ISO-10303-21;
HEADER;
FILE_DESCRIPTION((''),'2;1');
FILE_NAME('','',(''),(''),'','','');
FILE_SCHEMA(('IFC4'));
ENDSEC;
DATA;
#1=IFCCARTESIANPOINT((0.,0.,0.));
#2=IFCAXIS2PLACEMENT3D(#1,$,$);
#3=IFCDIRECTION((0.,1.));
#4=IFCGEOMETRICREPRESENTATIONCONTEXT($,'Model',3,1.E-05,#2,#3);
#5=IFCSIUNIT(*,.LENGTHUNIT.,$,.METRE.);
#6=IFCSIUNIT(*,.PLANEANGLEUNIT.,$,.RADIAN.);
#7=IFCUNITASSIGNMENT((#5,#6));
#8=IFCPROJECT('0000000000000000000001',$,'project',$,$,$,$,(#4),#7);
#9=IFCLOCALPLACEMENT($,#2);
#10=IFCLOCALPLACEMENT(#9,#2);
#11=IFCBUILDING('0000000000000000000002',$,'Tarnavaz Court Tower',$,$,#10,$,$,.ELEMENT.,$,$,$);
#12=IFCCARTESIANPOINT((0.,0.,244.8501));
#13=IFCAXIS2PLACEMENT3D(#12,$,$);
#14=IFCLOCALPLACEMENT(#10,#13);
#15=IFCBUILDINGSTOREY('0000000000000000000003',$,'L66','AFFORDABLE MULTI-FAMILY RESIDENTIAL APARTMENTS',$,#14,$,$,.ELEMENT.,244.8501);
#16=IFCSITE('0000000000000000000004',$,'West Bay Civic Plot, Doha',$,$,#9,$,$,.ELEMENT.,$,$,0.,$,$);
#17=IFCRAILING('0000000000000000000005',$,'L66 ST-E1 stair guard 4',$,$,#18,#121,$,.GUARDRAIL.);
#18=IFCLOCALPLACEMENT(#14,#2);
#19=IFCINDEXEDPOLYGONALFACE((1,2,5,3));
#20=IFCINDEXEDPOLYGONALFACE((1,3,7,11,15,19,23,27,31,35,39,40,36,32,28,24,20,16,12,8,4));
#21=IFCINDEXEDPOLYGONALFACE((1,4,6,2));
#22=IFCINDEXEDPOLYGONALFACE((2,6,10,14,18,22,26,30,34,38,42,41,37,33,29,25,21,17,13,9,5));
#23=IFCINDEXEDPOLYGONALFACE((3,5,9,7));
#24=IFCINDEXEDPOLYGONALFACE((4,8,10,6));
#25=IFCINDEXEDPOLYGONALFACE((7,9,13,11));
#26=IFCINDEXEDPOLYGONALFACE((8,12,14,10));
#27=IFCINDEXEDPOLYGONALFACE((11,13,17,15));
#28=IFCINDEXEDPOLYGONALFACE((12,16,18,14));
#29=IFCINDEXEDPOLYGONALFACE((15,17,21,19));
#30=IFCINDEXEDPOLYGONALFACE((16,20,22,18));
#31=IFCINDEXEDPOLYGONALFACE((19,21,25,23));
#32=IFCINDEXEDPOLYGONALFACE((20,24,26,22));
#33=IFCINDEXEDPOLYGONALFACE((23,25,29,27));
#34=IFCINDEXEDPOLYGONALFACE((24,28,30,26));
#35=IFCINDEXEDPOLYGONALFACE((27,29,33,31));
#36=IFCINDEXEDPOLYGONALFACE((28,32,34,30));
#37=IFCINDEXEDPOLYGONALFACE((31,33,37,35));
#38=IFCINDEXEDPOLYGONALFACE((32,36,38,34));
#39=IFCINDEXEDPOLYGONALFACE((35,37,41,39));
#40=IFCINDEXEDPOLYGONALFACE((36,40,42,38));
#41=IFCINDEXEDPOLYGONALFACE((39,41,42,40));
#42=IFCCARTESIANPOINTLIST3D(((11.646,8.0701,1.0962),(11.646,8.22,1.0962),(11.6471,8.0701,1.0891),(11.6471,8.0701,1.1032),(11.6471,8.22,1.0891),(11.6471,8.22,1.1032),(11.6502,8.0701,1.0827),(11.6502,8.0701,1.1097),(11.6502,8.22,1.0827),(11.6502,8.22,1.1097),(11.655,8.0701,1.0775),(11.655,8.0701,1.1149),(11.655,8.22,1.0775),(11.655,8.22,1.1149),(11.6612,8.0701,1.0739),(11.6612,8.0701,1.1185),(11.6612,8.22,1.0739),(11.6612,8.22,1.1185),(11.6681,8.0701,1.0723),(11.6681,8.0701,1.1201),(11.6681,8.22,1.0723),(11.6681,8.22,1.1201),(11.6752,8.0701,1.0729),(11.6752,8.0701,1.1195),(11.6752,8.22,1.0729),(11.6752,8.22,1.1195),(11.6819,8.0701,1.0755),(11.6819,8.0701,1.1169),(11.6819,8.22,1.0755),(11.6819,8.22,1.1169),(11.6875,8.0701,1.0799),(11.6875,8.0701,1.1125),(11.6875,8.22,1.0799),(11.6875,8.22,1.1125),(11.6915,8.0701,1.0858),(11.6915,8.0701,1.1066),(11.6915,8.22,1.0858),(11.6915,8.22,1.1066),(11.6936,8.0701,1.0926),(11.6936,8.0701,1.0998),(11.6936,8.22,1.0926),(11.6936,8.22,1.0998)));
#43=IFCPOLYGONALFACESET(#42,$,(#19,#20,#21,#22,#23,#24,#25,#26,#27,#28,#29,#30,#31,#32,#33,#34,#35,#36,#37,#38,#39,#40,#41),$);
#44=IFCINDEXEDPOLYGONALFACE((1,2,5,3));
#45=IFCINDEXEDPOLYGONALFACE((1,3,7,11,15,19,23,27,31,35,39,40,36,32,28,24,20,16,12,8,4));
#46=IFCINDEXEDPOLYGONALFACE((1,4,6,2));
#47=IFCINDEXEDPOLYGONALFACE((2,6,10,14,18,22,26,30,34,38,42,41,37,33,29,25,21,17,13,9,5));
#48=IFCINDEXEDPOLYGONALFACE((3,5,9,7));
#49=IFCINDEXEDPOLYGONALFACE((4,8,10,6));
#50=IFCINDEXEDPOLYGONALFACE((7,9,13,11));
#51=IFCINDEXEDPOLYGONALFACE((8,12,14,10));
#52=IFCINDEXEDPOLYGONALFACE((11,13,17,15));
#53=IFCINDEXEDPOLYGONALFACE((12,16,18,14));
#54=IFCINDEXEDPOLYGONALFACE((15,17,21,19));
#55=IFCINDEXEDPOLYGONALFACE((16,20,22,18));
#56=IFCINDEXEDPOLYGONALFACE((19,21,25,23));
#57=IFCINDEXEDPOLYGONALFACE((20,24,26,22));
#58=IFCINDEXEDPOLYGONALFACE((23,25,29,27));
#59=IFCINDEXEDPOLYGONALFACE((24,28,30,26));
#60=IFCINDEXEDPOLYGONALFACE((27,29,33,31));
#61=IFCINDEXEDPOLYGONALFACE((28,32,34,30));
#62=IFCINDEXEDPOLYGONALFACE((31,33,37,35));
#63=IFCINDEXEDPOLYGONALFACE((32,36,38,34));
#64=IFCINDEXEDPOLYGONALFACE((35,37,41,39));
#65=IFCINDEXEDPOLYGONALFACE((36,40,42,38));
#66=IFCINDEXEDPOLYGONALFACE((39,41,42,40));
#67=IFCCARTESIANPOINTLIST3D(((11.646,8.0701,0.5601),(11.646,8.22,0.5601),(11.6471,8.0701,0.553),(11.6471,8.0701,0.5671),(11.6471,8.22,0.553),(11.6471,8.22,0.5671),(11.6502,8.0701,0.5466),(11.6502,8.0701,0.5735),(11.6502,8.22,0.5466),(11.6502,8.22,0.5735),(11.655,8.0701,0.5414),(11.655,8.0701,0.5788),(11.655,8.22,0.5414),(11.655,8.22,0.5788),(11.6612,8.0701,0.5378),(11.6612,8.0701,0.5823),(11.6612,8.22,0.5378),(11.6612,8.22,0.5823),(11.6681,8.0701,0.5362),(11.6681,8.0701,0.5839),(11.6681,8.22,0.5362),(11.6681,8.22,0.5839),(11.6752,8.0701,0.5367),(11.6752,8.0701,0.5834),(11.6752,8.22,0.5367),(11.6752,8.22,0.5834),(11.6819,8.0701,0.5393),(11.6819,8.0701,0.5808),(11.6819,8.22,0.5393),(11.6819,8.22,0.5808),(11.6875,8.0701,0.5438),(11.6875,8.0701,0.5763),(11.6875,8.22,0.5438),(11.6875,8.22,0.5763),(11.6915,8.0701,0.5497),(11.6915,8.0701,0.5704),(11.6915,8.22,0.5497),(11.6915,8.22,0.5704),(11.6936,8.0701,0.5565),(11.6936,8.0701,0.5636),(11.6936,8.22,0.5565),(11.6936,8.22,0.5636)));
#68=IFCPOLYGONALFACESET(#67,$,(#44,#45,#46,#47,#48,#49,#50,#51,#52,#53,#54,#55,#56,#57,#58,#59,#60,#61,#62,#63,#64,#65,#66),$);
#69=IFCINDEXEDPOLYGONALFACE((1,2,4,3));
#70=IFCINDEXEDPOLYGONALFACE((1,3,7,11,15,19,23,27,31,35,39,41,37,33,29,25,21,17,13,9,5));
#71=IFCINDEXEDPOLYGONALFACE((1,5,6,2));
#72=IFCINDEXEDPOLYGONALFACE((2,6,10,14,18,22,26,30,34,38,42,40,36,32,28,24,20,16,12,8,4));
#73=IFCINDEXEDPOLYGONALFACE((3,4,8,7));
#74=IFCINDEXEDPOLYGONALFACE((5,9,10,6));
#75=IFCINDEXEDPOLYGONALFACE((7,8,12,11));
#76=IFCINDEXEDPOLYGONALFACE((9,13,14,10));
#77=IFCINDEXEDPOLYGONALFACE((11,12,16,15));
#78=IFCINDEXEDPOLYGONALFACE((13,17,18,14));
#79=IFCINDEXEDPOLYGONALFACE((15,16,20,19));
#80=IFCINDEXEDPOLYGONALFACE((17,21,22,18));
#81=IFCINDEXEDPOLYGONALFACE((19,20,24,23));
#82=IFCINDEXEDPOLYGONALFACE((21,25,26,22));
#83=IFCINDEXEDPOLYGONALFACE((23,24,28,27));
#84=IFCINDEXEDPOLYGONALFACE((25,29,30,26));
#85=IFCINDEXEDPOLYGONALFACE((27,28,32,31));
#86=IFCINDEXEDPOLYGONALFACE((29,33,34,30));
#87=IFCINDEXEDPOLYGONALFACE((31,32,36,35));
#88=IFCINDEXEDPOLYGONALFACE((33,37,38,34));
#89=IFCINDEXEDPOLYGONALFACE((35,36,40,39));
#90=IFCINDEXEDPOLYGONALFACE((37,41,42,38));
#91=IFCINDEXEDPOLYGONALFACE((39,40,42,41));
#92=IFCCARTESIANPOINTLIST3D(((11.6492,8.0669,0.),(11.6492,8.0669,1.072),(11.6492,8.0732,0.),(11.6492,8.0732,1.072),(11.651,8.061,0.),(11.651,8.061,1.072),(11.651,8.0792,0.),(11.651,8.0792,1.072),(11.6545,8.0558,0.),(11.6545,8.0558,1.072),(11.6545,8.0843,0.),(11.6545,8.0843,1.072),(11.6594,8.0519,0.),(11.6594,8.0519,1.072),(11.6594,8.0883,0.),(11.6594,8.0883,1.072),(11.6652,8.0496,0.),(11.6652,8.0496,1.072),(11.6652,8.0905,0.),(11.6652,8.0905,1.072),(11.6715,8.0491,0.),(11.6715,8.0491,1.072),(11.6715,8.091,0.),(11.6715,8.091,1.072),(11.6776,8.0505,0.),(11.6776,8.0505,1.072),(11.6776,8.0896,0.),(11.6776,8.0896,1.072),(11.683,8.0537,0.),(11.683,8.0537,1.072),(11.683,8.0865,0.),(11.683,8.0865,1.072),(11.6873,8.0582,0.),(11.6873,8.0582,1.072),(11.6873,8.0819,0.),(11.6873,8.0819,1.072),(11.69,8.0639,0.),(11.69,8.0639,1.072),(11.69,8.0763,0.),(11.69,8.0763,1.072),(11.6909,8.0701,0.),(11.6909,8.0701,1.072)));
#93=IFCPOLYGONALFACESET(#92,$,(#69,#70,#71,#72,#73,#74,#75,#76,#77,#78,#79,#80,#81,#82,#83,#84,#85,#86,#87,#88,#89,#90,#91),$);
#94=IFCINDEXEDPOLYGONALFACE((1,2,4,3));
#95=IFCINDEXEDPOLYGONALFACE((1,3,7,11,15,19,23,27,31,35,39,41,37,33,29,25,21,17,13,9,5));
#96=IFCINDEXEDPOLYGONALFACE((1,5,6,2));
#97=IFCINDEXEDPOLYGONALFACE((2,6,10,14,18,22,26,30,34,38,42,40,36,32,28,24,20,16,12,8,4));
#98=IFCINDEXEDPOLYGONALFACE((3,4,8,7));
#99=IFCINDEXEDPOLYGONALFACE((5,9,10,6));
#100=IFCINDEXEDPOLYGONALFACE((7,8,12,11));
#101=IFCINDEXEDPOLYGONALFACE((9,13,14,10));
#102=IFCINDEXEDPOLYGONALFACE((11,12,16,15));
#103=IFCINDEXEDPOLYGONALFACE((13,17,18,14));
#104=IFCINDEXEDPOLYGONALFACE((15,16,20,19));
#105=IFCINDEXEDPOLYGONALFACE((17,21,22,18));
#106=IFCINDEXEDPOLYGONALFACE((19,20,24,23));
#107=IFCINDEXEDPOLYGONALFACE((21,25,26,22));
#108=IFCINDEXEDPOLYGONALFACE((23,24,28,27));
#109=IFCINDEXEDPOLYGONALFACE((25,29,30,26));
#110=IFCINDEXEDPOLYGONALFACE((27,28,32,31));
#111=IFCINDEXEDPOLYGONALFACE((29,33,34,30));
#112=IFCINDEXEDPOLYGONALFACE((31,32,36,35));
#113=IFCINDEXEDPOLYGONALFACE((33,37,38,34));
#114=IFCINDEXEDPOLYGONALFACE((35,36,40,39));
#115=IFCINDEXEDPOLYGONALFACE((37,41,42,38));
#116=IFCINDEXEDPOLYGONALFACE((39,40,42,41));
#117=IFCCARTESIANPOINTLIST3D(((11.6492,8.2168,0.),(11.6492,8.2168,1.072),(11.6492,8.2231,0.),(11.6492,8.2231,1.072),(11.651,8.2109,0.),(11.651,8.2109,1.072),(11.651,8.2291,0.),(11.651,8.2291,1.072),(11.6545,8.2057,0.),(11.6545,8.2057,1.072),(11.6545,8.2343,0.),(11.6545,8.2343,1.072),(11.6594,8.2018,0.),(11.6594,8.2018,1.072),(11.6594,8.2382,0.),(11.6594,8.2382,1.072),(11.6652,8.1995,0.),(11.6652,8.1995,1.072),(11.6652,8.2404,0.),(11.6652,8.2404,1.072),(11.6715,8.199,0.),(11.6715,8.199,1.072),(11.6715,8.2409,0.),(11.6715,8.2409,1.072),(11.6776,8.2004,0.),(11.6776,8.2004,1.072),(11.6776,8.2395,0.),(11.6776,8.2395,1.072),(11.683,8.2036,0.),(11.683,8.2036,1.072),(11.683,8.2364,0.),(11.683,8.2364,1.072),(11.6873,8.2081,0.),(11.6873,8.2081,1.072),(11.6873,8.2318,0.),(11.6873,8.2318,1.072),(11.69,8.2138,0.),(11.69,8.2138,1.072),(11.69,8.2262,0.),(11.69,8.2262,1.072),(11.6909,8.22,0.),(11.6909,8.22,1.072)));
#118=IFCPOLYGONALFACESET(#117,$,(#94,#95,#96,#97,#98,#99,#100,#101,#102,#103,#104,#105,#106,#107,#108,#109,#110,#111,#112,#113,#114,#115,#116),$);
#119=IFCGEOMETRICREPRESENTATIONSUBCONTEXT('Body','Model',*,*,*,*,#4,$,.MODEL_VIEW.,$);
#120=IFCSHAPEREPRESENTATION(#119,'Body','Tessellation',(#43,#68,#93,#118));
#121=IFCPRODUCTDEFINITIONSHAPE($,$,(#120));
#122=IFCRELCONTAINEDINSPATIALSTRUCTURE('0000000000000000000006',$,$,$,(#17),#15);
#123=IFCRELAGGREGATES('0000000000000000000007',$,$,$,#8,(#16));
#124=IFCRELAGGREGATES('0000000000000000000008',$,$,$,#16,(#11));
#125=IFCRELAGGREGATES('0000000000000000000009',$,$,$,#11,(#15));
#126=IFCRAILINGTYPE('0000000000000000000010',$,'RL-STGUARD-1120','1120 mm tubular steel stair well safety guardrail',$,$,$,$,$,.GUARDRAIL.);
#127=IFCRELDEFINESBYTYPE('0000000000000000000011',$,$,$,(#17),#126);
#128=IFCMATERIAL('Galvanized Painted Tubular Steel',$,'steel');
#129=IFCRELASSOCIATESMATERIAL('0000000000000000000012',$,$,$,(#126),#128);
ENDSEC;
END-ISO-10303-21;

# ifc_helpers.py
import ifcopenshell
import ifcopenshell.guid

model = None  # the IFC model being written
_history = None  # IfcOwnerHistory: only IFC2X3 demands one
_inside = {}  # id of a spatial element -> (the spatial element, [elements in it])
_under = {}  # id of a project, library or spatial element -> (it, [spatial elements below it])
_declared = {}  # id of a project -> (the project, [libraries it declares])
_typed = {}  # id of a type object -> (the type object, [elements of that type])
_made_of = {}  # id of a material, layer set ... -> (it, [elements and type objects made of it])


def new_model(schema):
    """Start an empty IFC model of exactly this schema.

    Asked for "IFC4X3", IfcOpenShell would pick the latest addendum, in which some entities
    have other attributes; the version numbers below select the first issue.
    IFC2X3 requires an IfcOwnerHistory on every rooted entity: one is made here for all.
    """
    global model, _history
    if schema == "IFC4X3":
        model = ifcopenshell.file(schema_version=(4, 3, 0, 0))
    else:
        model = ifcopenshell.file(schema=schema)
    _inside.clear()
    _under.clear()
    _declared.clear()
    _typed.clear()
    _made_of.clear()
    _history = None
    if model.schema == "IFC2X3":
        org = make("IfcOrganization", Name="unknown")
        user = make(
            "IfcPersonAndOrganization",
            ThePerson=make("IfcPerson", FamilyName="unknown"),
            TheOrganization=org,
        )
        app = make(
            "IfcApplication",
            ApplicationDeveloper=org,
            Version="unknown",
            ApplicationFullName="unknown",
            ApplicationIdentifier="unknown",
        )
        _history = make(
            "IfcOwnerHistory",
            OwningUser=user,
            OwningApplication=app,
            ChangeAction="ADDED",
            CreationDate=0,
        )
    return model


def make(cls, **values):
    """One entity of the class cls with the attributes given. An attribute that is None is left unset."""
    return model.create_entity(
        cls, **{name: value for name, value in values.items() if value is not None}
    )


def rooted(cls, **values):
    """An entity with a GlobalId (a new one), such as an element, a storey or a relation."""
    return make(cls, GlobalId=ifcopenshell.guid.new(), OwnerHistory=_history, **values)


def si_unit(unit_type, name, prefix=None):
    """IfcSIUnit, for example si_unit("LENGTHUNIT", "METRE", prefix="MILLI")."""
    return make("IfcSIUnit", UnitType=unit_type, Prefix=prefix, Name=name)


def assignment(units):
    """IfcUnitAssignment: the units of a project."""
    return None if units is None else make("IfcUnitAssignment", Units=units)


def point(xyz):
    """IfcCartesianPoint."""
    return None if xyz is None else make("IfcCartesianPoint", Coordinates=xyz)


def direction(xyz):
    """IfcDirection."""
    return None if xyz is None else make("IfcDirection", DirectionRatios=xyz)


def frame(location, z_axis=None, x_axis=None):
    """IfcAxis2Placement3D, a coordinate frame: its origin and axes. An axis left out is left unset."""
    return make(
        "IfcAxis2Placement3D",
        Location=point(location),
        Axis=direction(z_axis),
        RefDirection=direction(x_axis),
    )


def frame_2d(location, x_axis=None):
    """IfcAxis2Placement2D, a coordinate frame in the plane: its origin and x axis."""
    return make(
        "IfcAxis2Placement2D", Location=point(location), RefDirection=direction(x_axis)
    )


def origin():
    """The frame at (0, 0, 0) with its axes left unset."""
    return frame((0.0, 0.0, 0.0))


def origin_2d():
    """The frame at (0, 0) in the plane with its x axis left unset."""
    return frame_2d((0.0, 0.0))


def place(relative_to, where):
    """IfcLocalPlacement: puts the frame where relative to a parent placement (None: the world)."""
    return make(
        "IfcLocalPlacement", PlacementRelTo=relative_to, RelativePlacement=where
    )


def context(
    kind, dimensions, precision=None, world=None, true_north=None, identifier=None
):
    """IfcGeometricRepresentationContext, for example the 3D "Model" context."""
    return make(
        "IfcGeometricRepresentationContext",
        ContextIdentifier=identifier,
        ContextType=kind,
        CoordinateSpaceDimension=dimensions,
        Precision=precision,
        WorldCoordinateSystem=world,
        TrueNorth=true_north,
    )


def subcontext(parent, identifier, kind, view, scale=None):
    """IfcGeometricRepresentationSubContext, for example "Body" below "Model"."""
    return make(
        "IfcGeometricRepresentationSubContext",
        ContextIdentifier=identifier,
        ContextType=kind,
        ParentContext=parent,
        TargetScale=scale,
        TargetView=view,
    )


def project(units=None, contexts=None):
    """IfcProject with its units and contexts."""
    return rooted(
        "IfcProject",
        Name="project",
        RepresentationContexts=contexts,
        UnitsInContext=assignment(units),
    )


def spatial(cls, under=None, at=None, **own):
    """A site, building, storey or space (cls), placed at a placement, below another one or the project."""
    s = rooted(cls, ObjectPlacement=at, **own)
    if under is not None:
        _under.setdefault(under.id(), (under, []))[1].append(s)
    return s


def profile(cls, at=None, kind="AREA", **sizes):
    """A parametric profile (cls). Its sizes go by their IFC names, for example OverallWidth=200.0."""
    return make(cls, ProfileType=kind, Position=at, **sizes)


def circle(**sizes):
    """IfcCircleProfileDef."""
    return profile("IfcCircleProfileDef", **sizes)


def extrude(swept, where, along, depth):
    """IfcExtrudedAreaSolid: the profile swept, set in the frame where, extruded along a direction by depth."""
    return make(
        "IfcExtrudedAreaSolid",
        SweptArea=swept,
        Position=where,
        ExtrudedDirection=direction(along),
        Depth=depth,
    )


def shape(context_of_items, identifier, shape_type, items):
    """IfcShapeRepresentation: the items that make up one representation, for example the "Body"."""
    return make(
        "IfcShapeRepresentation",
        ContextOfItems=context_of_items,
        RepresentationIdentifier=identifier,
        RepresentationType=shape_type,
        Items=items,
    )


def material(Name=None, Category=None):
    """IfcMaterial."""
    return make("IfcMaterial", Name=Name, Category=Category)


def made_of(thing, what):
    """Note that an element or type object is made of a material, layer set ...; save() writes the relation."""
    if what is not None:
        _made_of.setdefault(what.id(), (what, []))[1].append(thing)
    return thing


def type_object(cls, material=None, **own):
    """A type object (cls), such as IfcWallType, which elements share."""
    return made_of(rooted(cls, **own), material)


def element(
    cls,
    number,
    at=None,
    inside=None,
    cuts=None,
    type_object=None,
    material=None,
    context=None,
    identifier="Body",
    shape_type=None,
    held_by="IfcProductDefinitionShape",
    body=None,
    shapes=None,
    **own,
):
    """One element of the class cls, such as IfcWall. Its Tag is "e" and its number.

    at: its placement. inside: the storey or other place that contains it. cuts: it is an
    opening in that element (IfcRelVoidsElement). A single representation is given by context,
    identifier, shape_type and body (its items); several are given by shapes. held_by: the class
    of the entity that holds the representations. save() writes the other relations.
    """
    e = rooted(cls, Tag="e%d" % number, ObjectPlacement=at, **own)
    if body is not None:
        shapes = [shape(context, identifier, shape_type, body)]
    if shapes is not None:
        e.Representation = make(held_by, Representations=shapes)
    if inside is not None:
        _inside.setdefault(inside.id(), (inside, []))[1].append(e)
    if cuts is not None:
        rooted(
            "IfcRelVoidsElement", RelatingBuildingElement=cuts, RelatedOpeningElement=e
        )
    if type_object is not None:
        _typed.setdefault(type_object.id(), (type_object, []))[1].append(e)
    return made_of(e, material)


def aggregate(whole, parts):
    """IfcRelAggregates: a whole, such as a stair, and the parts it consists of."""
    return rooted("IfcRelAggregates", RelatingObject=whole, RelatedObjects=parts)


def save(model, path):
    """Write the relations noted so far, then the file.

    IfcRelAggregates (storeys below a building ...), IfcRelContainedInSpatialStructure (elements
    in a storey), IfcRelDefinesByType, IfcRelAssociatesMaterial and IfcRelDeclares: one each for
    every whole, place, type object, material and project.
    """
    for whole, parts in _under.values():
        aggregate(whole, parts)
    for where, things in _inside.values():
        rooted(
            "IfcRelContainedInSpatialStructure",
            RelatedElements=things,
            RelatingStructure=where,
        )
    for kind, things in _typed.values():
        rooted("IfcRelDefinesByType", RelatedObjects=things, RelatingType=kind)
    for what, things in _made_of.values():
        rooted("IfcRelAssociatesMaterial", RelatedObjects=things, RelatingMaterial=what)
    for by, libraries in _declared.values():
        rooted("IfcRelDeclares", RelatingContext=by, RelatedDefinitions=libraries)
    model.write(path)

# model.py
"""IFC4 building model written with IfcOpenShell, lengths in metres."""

from ifc_helpers import new_model, si_unit, direction, frame, origin, origin_2d, place, context, subcontext, project, spatial, circle, extrude, material, type_object, element, save


model = new_model("IFC4")

# Units and contexts
model_context = context("Model", 3, precision=1e-05, world=origin(), true_north=direction((0.0, 1.0)))
body_context = subcontext(model_context, "Body", "Model", "MODEL_VIEW")
ifc_project = project(units=[si_unit("LENGTHUNIT", "METRE"), si_unit("PLANEANGLEUNIT", "RADIAN")], contexts=[model_context])

# Site, building, storey
site_placement = place(None, origin())
site = spatial("IfcSite", under=ifc_project, at=site_placement, Name="West Bay Civic Plot, Doha", CompositionType="ELEMENT", RefElevation=0.0)
building_placement = place(site_placement, origin())
building = spatial("IfcBuilding", under=site, at=building_placement, Name="Tarnavaz Court Tower", CompositionType="ELEMENT")
storey_placement = place(building_placement, frame((0.0, 0.0, 244.8501)))
storey = spatial("IfcBuildingStorey", under=building, at=storey_placement, Name="L66", Description="AFFORDABLE MULTI-FAMILY RESIDENTIAL APARTMENTS", CompositionType="ELEMENT", Elevation=244.8501)

# Railing
ifc_material_1 = material(Name="Galvanized Painted Tubular Steel", Category="steel")
railing_type_1 = type_object("IfcRailingType", Name="RL-STGUARD-1120", Description="1120 mm tubular steel stair well safety guardrail", PredefinedType="GUARDRAIL", material=ifc_material_1)
railing_1_placement = place(storey_placement, frame((11.6699, 8.0701, 0.0)))
element("IfcRailing", 1, at=railing_1_placement, inside=storey, type_object=railing_type_1, Name="L66 ST-E1 stair guard 4", PredefinedType="GUARDRAIL", context=body_context, shape_type="SweptSolid", body=[
    extrude(circle(Radius=0.0239, at=origin_2d()), frame((0.0, 0.0, 1.0962), z_axis=(0.0, 1.0, 0.0), x_axis=(-1.0, 0.0, 0.0)), (0.0, 0.0, 1.0), 0.1499),
    extrude(circle(Radius=0.0239, at=origin_2d()), frame((0.0, 0.0, 0.5601), z_axis=(0.0, 1.0, 0.0), x_axis=(-1.0, 0.0, 0.0)), (0.0, 0.0, 1.0), 0.1499),
    extrude(circle(Radius=0.021, at=origin_2d()), origin(), (0.0, 0.0, 1.0), 1.072),
    extrude(circle(Radius=0.021, at=origin_2d()), frame((0.0, 0.1499, 0.0)), (0.0, 0.0, 1.0), 1.072),
])

save(model, "model.ifc")
